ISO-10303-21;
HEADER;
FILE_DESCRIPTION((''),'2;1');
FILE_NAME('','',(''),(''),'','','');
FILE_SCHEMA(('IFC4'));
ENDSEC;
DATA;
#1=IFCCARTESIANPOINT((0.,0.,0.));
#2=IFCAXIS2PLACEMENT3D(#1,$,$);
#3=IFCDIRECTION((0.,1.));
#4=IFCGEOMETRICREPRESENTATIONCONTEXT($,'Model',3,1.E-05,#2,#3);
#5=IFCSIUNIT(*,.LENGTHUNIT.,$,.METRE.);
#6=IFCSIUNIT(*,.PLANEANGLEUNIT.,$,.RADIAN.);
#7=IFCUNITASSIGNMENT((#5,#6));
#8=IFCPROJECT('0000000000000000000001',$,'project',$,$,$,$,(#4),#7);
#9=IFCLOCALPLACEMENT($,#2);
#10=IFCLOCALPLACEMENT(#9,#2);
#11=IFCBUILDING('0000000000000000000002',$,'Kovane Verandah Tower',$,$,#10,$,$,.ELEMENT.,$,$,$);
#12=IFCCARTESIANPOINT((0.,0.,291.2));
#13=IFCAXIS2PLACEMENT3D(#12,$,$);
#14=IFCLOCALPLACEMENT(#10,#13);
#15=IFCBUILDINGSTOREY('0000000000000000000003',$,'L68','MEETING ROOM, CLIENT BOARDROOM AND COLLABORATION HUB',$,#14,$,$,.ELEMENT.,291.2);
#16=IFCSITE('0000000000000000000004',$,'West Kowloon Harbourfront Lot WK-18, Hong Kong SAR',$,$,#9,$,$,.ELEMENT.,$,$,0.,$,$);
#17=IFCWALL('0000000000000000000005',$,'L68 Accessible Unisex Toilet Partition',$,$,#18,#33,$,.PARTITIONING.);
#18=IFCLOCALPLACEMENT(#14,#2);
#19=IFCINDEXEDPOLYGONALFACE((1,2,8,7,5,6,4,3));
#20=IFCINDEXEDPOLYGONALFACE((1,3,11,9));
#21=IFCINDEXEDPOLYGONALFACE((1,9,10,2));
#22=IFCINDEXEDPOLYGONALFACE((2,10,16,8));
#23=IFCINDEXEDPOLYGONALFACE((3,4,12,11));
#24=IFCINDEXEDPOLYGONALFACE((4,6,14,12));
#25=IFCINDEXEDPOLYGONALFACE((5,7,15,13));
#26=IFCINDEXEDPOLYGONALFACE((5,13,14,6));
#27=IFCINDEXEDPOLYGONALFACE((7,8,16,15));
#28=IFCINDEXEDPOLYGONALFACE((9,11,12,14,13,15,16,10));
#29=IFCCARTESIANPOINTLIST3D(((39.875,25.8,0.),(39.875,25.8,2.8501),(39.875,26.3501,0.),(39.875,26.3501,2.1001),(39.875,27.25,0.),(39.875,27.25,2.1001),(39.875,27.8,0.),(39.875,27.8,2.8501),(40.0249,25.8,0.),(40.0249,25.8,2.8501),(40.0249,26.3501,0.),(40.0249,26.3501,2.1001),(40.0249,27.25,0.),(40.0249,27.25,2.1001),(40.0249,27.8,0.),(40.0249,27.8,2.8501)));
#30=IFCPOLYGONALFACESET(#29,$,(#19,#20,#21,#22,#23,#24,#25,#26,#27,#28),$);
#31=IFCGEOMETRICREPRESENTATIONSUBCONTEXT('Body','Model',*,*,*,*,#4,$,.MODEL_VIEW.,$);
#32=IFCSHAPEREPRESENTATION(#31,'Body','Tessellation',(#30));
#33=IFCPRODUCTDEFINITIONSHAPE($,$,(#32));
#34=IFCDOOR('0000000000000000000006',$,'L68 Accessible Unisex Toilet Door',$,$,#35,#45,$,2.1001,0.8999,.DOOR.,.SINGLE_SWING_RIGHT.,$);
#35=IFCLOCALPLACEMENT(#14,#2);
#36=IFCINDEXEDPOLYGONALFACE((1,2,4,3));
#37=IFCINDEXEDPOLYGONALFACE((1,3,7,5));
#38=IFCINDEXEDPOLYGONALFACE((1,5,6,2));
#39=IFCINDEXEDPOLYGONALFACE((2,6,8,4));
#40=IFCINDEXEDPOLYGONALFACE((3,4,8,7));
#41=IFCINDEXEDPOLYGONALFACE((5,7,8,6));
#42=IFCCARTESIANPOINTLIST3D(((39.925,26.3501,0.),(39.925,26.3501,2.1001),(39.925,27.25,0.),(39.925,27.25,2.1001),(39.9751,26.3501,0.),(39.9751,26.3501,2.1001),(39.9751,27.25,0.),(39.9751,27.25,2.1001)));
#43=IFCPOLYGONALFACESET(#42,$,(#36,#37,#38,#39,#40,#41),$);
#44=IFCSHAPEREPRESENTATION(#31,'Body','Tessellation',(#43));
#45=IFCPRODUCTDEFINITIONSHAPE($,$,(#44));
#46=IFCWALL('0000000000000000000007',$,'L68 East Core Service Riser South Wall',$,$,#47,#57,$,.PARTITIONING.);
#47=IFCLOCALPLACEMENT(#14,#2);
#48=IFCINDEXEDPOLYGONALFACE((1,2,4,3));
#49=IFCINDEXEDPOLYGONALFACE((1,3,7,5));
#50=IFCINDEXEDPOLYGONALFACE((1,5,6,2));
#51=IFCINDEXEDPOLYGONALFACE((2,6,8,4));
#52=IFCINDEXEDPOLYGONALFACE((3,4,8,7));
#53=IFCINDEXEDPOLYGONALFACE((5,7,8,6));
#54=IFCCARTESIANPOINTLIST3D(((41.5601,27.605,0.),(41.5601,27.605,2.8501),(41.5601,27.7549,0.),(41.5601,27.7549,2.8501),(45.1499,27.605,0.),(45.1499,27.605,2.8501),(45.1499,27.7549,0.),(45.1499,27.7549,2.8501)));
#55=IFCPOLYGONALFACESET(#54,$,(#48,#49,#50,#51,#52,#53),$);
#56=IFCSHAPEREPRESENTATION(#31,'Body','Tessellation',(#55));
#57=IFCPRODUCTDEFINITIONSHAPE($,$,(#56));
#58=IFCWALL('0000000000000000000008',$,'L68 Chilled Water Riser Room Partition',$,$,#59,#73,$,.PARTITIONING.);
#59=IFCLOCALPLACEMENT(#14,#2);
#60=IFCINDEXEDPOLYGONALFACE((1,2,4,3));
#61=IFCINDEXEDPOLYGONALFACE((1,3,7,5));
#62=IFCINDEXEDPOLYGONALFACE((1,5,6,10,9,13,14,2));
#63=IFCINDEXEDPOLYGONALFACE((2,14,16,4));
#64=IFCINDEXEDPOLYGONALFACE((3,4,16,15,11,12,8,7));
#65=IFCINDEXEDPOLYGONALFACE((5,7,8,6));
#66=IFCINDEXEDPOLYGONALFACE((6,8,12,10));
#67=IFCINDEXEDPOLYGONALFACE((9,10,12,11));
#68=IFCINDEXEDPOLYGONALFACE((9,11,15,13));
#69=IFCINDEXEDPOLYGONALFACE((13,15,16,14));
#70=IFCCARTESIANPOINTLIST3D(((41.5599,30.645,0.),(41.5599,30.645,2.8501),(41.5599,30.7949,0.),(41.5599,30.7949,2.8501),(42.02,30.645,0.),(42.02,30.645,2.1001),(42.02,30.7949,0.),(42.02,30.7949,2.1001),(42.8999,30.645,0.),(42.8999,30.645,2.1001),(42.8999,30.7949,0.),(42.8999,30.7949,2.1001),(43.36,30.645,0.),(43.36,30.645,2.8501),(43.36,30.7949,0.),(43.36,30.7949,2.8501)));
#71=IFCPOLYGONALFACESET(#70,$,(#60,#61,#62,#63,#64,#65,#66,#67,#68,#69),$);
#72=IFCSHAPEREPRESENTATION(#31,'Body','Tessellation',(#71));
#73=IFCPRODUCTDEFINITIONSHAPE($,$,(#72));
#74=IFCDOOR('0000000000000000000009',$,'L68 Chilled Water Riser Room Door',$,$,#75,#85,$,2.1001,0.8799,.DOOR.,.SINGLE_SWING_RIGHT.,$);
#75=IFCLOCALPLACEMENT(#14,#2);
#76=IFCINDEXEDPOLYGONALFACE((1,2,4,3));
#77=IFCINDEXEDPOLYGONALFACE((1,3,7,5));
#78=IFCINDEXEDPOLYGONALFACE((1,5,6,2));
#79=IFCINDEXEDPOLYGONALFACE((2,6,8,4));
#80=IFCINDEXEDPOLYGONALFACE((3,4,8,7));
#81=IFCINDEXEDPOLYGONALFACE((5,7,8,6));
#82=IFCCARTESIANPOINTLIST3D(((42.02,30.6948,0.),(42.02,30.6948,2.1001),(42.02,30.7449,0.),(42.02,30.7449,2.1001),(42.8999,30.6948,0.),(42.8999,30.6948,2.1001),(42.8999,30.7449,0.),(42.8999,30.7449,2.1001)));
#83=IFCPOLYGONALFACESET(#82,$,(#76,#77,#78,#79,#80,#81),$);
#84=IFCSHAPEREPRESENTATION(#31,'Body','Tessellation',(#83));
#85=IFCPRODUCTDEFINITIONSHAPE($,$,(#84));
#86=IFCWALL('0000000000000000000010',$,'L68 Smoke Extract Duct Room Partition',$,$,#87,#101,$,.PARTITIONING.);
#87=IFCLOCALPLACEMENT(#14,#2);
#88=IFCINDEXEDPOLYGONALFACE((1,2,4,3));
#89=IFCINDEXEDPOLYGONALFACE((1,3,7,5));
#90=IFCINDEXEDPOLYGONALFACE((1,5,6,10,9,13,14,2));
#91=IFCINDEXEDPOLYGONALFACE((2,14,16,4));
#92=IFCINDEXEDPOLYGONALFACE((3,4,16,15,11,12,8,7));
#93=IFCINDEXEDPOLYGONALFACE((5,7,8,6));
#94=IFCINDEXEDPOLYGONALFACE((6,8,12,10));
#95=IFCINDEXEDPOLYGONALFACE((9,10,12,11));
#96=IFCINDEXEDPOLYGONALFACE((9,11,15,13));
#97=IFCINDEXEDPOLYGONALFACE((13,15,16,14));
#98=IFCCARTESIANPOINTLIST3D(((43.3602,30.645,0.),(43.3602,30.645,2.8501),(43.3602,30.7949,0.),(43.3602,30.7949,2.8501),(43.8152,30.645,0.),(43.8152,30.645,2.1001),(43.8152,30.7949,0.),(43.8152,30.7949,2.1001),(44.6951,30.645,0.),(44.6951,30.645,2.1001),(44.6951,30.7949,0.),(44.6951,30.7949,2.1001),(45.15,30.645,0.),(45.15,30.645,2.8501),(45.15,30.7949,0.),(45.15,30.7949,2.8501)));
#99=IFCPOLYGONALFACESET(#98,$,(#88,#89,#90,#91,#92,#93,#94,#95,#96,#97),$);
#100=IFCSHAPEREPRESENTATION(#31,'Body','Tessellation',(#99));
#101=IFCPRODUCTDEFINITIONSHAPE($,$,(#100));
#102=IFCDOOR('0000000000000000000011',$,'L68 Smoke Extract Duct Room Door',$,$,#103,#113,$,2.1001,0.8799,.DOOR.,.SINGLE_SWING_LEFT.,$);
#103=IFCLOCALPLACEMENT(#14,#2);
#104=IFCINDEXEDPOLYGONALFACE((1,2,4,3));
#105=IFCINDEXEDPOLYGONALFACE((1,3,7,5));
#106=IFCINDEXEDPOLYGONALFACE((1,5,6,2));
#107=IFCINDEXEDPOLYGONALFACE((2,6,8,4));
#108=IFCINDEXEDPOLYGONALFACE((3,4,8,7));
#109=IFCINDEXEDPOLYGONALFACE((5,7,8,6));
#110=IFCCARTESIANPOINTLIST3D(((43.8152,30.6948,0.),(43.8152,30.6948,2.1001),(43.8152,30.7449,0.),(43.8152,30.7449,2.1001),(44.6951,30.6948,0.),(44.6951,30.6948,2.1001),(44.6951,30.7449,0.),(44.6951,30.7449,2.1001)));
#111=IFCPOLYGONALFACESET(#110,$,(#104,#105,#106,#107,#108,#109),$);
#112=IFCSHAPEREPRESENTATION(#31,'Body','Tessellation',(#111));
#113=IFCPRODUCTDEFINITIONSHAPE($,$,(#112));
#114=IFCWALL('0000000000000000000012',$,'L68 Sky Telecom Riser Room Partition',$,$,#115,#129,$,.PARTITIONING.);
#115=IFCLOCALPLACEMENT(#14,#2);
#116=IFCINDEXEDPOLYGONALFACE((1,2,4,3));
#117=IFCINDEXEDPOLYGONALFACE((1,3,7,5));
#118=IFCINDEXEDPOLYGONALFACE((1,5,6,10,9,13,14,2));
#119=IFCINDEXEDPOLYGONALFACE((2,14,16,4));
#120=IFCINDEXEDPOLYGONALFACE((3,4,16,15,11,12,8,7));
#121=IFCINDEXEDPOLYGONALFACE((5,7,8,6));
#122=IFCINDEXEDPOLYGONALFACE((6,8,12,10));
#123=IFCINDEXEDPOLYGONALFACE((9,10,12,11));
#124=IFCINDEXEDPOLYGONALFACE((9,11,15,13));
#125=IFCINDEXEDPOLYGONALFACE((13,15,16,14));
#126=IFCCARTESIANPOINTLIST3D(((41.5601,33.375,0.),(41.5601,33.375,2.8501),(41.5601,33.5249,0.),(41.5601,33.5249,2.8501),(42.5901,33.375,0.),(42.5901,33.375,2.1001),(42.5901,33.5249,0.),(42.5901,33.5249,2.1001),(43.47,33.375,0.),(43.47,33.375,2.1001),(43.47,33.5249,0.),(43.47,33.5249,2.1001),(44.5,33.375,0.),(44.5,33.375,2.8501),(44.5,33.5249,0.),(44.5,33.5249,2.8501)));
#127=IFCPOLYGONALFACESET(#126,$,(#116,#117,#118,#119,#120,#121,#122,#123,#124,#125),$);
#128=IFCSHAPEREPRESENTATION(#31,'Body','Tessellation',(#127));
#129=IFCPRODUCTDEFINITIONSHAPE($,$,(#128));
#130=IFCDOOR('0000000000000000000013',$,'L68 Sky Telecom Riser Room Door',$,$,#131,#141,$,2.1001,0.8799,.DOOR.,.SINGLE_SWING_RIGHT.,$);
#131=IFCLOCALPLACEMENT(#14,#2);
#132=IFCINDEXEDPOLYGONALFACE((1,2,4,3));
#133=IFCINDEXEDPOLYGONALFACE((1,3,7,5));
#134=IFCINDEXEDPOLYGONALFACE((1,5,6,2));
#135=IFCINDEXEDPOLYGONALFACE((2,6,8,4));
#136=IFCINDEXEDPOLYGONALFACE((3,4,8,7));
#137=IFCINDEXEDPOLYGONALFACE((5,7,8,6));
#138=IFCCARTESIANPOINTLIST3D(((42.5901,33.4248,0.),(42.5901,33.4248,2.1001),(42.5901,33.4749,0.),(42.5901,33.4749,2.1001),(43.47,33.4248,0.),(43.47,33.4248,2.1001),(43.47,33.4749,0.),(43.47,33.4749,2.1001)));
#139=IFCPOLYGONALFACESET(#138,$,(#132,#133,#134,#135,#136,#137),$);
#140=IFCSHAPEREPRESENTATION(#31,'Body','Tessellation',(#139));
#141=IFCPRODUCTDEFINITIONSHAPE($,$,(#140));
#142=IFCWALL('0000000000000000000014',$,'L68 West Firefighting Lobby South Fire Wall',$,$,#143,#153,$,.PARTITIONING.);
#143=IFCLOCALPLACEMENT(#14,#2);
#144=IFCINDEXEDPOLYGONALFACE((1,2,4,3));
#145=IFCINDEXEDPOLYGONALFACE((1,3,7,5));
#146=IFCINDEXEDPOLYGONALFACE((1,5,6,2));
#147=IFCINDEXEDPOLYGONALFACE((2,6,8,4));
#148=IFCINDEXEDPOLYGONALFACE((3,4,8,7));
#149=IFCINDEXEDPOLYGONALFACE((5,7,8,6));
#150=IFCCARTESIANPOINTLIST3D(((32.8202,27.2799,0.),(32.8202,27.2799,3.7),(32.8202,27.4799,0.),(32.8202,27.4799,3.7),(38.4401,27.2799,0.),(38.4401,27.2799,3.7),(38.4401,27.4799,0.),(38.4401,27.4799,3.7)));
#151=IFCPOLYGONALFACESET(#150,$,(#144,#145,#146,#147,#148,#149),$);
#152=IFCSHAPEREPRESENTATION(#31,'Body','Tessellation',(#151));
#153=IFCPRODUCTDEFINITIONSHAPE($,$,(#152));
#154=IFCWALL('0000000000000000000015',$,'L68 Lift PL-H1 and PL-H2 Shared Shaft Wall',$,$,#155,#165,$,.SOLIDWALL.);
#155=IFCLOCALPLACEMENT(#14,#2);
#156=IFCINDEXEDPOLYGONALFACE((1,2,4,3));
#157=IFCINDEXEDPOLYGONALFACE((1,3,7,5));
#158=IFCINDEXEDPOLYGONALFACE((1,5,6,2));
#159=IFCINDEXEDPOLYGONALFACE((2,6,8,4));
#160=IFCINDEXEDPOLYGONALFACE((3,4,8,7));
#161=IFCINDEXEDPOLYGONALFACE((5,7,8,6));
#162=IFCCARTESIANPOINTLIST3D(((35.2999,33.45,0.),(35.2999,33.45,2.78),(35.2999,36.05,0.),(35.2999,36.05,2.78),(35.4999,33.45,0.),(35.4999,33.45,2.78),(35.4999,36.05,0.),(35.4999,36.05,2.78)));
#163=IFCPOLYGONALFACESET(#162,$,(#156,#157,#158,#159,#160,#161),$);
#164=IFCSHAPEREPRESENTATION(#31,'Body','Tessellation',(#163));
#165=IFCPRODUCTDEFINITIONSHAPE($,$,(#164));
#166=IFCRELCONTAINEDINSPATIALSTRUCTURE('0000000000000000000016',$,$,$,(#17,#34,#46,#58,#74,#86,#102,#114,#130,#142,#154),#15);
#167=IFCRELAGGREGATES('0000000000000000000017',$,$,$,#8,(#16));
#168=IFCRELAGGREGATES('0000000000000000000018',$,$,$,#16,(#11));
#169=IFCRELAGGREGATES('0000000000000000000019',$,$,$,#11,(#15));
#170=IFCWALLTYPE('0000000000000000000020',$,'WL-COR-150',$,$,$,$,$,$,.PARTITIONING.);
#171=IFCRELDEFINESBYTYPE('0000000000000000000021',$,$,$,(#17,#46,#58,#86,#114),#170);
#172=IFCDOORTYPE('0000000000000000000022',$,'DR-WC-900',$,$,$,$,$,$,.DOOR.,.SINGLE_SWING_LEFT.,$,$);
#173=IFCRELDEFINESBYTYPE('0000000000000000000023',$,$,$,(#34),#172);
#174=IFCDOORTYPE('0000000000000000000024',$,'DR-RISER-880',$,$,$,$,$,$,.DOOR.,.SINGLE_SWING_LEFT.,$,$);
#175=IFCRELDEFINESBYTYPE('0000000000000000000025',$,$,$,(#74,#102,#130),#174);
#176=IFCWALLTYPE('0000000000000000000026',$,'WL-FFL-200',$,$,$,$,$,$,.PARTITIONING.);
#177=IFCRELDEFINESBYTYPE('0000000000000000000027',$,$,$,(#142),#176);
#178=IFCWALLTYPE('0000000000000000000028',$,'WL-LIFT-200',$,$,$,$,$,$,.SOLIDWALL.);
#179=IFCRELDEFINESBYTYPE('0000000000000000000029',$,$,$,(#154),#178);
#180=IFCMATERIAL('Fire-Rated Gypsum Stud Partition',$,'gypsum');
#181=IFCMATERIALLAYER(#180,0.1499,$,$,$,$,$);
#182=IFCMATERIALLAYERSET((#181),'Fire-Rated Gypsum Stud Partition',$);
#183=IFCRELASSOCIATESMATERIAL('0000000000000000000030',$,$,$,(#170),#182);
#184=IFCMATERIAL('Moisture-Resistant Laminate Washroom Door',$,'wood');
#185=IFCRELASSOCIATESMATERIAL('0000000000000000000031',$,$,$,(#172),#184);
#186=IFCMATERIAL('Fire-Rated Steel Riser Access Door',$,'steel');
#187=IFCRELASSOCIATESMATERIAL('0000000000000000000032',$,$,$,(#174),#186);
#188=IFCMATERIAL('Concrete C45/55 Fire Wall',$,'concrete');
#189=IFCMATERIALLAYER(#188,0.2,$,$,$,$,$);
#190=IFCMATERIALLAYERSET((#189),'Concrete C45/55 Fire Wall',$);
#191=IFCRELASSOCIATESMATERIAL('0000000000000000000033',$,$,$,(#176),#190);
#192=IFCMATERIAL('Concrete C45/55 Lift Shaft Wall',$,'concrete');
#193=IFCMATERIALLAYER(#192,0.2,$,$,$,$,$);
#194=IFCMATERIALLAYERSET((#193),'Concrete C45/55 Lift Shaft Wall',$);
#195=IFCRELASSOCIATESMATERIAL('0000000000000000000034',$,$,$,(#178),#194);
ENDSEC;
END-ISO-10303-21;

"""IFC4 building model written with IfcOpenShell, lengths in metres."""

from ifc_helpers import new_model, si_unit, direction, frame, frame_2d, origin, place, context, subcontext, project, spatial, rectangle, extrude, material, layer, layer_set, type_object, element, fill, save


model = new_model("IFC4")

# Units and contexts
model_context = context("Model", 3, precision=1e-05, world=origin(), true_north=direction((0.0, 1.0)))
body_context = subcontext(model_context, "Body", "Model", "MODEL_VIEW")
ifc_project = project(units=[si_unit("LENGTHUNIT", "METRE"), si_unit("PLANEANGLEUNIT", "RADIAN")], contexts=[model_context])

# Site, building, storey
site_placement = place(None, origin())
site = spatial("IfcSite", under=ifc_project, at=site_placement, Name="West Kowloon Harbourfront Lot WK-18, Hong Kong SAR", CompositionType="ELEMENT", RefElevation=0.0)
building_placement = place(site_placement, origin())
building = spatial("IfcBuilding", under=site, at=building_placement, Name="Kovane Verandah Tower", CompositionType="ELEMENT")
storey_placement = place(building_placement, frame((0.0, 0.0, 291.2)))
storey = spatial("IfcBuildingStorey", under=building, at=storey_placement, Name="L68", Description="MEETING ROOM, CLIENT BOARDROOM AND COLLABORATION HUB", CompositionType="ELEMENT", Elevation=291.2)

# Wall, opening, door
ifc_material_1 = material(Name="Fire-Rated Gypsum Stud Partition", Category="gypsum")
ifc_layer_1 = layer(ifc_material_1, 0.1499)
ifc_layer_set_1 = layer_set([ifc_layer_1], Name="Fire-Rated Gypsum Stud Partition")
wall_type_1 = type_object("IfcWallType", Name="WL-COR-150", PredefinedType="PARTITIONING", material=ifc_layer_set_1)
wall_1_placement = place(storey_placement, frame((39.95, 25.8, 0.0), z_axis=(0.0, 0.0, 1.0), x_axis=(0.0, 1.0, 0.0)))
wall_1 = element("IfcWall", 1, at=wall_1_placement, inside=storey, type_object=wall_type_1, Name="L68 Accessible Unisex Toilet Partition", PredefinedType="PARTITIONING", context=body_context, shape_type="SweptSolid", body=[
    extrude(rectangle(XDim=2.0, YDim=0.1499, at=frame_2d((1.0, 0.0))), origin(), (0.0, 0.0, 1.0), 2.8501),
])
opening_1_placement = place(wall_1_placement, frame((0.55, 0.0, 0.0)))
opening_1 = element("IfcOpeningElement", 2, at=opening_1_placement, cuts=wall_1, PredefinedType="OPENING", context=body_context, shape_type="SweptSolid", body=[
    extrude(rectangle(XDim=0.8999, YDim=2.1001, at=frame_2d((0.45, 1.05))), frame((0.0, 0.075, 0.0), z_axis=(0.0, -1.0, 0.0), x_axis=(1.0, 0.0, 0.0)), (0.0, 0.0, 1.0), 0.1499),
])
ifc_material_2 = material(Name="Moisture-Resistant Laminate Washroom Door", Category="wood")
door_type_1 = type_object("IfcDoorType", Name="DR-WC-900", OperationType="SINGLE_SWING_LEFT", PredefinedType="DOOR", material=ifc_material_2)
door_1_placement = place(opening_1_placement, origin())
door_1 = element("IfcDoor", 3, at=door_1_placement, inside=storey, type_object=door_type_1, Name="L68 Accessible Unisex Toilet Door", OperationType="SINGLE_SWING_RIGHT", OverallHeight=2.1001, OverallWidth=0.8999, PredefinedType="DOOR", context=body_context, shape_type="SweptSolid", body=[
    extrude(rectangle(XDim=0.8999, YDim=2.1001, at=frame_2d((0.45, 1.05))), frame((0.0, 0.0249, 0.0), z_axis=(0.0, -1.0, 0.0), x_axis=(1.0, 0.0, 0.0)), (0.0, 0.0, 1.0), 0.05),
])
fill(opening_1, door_1)

# Wall
wall_2_placement = place(storey_placement, frame((41.5601, 27.6799, 0.0), z_axis=(0.0, 0.0, 1.0), x_axis=(1.0, 0.0, 0.0)))
element("IfcWall", 4, at=wall_2_placement, inside=storey, type_object=wall_type_1, Name="L68 East Core Service Riser South Wall", PredefinedType="PARTITIONING", context=body_context, shape_type="SweptSolid", body=[
    extrude(rectangle(XDim=3.5898, YDim=0.1499, at=frame_2d((1.7949, 0.0))), origin(), (0.0, 0.0, 1.0), 2.8501),
])

# Walls, openings, doors
wall_3_placement = place(storey_placement, frame((41.5601, 30.72, 0.0), z_axis=(0.0, 0.0, 1.0), x_axis=(1.0, 0.0, 0.0)))
wall_3 = element("IfcWall", 5, at=wall_3_placement, inside=storey, type_object=wall_type_1, Name="L68 Chilled Water Riser Room Partition", PredefinedType="PARTITIONING", context=body_context, shape_type="SweptSolid", body=[
    extrude(rectangle(XDim=1.8, YDim=0.1499, at=frame_2d((0.8999, 0.0))), origin(), (0.0, 0.0, 1.0), 2.8501),
])
opening_2_placement = place(wall_3_placement, frame((0.46, 0.0, 0.0)))
opening_2 = element("IfcOpeningElement", 6, at=opening_2_placement, cuts=wall_3, PredefinedType="OPENING", context=body_context, shape_type="SweptSolid", body=[
    extrude(rectangle(XDim=0.8799, YDim=2.1001, at=frame_2d((0.4399, 1.05))), frame((0.0, 0.075, 0.0), z_axis=(0.0, -1.0, 0.0), x_axis=(1.0, 0.0, 0.0)), (0.0, 0.0, 1.0), 0.1499),
])
ifc_material_3 = material(Name="Fire-Rated Steel Riser Access Door", Category="steel")
door_type_2 = type_object("IfcDoorType", Name="DR-RISER-880", OperationType="SINGLE_SWING_LEFT", PredefinedType="DOOR", material=ifc_material_3)
door_2_placement = place(opening_2_placement, origin())
door_2 = element("IfcDoor", 7, at=door_2_placement, inside=storey, type_object=door_type_2, Name="L68 Chilled Water Riser Room Door", OperationType="SINGLE_SWING_RIGHT", OverallHeight=2.1001, OverallWidth=0.8799, PredefinedType="DOOR", context=body_context, shape_type="SweptSolid", body=[
    extrude(rectangle(XDim=0.8799, YDim=2.1001, at=frame_2d((0.4399, 1.05))), frame((0.0, 0.0249, 0.0), z_axis=(0.0, -1.0, 0.0), x_axis=(1.0, 0.0, 0.0)), (0.0, 0.0, 1.0), 0.05),
])
fill(opening_2, door_2)
wall_4_placement = place(storey_placement, frame((43.3601, 30.72, 0.0), z_axis=(0.0, 0.0, 1.0), x_axis=(1.0, 0.0, 0.0)))
wall_4 = element("IfcWall", 8, at=wall_4_placement, inside=storey, type_object=wall_type_1, Name="L68 Smoke Extract Duct Room Partition", PredefinedType="PARTITIONING", context=body_context, shape_type="SweptSolid", body=[
    extrude(rectangle(XDim=1.7898, YDim=0.1499, at=frame_2d((0.895, 0.0))), origin(), (0.0, 0.0, 1.0), 2.8501),
])
opening_3_placement = place(wall_4_placement, frame((0.4551, 0.0, 0.0)))
opening_3 = element("IfcOpeningElement", 9, at=opening_3_placement, cuts=wall_4, PredefinedType="OPENING", context=body_context, shape_type="SweptSolid", body=[
    extrude(rectangle(XDim=0.8799, YDim=2.1001, at=frame_2d((0.4399, 1.05))), frame((0.0, 0.075, 0.0), z_axis=(0.0, -1.0, 0.0), x_axis=(1.0, 0.0, 0.0)), (0.0, 0.0, 1.0), 0.1499),
])
door_3_placement = place(opening_3_placement, origin())
door_3 = element("IfcDoor", 10, at=door_3_placement, inside=storey, type_object=door_type_2, Name="L68 Smoke Extract Duct Room Door", OperationType="SINGLE_SWING_LEFT", OverallHeight=2.1001, OverallWidth=0.8799, PredefinedType="DOOR", context=body_context, shape_type="SweptSolid", body=[
    extrude(rectangle(XDim=0.8799, YDim=2.1001, at=frame_2d((0.4399, 1.05))), frame((0.0, 0.0249, 0.0), z_axis=(0.0, -1.0, 0.0), x_axis=(1.0, 0.0, 0.0)), (0.0, 0.0, 1.0), 0.05),
])
fill(opening_3, door_3)
wall_5_placement = place(storey_placement, frame((41.5601, 33.45, 0.0), z_axis=(0.0, 0.0, 1.0), x_axis=(1.0, 0.0, 0.0)))
wall_5 = element("IfcWall", 11, at=wall_5_placement, inside=storey, type_object=wall_type_1, Name="L68 Sky Telecom Riser Room Partition", PredefinedType="PARTITIONING", context=body_context, shape_type="SweptSolid", body=[
    extrude(rectangle(XDim=2.9399, YDim=0.1499, at=frame_2d((1.47, 0.0))), origin(), (0.0, 0.0, 1.0), 2.8501),
])
opening_4_placement = place(wall_5_placement, frame((1.03, 0.0, 0.0)))
opening_4 = element("IfcOpeningElement", 12, at=opening_4_placement, cuts=wall_5, PredefinedType="OPENING", context=body_context, shape_type="SweptSolid", body=[
    extrude(rectangle(XDim=0.8799, YDim=2.1001, at=frame_2d((0.4399, 1.05))), frame((0.0, 0.075, 0.0), z_axis=(0.0, -1.0, 0.0), x_axis=(1.0, 0.0, 0.0)), (0.0, 0.0, 1.0), 0.1499),
])
door_4_placement = place(opening_4_placement, origin())
door_4 = element("IfcDoor", 13, at=door_4_placement, inside=storey, type_object=door_type_2, Name="L68 Sky Telecom Riser Room Door", OperationType="SINGLE_SWING_RIGHT", OverallHeight=2.1001, OverallWidth=0.8799, PredefinedType="DOOR", context=body_context, shape_type="SweptSolid", body=[
    extrude(rectangle(XDim=0.8799, YDim=2.1001, at=frame_2d((0.4399, 1.05))), frame((0.0, 0.0249, 0.0), z_axis=(0.0, -1.0, 0.0), x_axis=(1.0, 0.0, 0.0)), (0.0, 0.0, 1.0), 0.05),
])
fill(opening_4, door_4)
ifc_material_4 = material(Name="Concrete C45/55 Fire Wall", Category="concrete")
ifc_layer_2 = layer(ifc_material_4, 0.2)
ifc_layer_set_2 = layer_set([ifc_layer_2], Name="Concrete C45/55 Fire Wall")
wall_type_2 = type_object("IfcWallType", Name="WL-FFL-200", PredefinedType="PARTITIONING", material=ifc_layer_set_2)

# Wall
wall_6_placement = place(storey_placement, frame((32.8201, 27.3799, 0.0), z_axis=(0.0, 0.0, 1.0), x_axis=(1.0, 0.0, 0.0)))
element("IfcWall", 14, at=wall_6_placement, inside=storey, type_object=wall_type_2, Name="L68 West Firefighting Lobby South Fire Wall", PredefinedType="PARTITIONING", context=body_context, shape_type="SweptSolid", body=[
    extrude(rectangle(XDim=5.6199, YDim=0.2, at=frame_2d((2.8101, 0.0))), origin(), (0.0, 0.0, 1.0), 3.7),
])

# Shared definitions
ifc_material_5 = material(Name="Concrete C45/55 Lift Shaft Wall", Category="concrete")
ifc_layer_3 = layer(ifc_material_5, 0.2)
ifc_layer_set_3 = layer_set([ifc_layer_3], Name="Concrete C45/55 Lift Shaft Wall")
wall_type_3 = type_object("IfcWallType", Name="WL-LIFT-200", PredefinedType="SOLIDWALL", material=ifc_layer_set_3)

# Wall
wall_7_placement = place(storey_placement, frame((35.3999, 33.45, 0.0), z_axis=(0.0, 0.0, 1.0), x_axis=(0.0, 1.0, 0.0)))
element("IfcWall", 15, at=wall_7_placement, inside=storey, type_object=wall_type_3, Name="L68 Lift PL-H1 and PL-H2 Shared Shaft Wall", PredefinedType="SOLIDWALL", context=body_context, shape_type="SweptSolid", body=[
    extrude(rectangle(XDim=2.6001, YDim=0.2, at=frame_2d((1.3, 0.0))), origin(), (0.0, 0.0, 1.0), 2.78),
])

save(model, "model.ifc")
